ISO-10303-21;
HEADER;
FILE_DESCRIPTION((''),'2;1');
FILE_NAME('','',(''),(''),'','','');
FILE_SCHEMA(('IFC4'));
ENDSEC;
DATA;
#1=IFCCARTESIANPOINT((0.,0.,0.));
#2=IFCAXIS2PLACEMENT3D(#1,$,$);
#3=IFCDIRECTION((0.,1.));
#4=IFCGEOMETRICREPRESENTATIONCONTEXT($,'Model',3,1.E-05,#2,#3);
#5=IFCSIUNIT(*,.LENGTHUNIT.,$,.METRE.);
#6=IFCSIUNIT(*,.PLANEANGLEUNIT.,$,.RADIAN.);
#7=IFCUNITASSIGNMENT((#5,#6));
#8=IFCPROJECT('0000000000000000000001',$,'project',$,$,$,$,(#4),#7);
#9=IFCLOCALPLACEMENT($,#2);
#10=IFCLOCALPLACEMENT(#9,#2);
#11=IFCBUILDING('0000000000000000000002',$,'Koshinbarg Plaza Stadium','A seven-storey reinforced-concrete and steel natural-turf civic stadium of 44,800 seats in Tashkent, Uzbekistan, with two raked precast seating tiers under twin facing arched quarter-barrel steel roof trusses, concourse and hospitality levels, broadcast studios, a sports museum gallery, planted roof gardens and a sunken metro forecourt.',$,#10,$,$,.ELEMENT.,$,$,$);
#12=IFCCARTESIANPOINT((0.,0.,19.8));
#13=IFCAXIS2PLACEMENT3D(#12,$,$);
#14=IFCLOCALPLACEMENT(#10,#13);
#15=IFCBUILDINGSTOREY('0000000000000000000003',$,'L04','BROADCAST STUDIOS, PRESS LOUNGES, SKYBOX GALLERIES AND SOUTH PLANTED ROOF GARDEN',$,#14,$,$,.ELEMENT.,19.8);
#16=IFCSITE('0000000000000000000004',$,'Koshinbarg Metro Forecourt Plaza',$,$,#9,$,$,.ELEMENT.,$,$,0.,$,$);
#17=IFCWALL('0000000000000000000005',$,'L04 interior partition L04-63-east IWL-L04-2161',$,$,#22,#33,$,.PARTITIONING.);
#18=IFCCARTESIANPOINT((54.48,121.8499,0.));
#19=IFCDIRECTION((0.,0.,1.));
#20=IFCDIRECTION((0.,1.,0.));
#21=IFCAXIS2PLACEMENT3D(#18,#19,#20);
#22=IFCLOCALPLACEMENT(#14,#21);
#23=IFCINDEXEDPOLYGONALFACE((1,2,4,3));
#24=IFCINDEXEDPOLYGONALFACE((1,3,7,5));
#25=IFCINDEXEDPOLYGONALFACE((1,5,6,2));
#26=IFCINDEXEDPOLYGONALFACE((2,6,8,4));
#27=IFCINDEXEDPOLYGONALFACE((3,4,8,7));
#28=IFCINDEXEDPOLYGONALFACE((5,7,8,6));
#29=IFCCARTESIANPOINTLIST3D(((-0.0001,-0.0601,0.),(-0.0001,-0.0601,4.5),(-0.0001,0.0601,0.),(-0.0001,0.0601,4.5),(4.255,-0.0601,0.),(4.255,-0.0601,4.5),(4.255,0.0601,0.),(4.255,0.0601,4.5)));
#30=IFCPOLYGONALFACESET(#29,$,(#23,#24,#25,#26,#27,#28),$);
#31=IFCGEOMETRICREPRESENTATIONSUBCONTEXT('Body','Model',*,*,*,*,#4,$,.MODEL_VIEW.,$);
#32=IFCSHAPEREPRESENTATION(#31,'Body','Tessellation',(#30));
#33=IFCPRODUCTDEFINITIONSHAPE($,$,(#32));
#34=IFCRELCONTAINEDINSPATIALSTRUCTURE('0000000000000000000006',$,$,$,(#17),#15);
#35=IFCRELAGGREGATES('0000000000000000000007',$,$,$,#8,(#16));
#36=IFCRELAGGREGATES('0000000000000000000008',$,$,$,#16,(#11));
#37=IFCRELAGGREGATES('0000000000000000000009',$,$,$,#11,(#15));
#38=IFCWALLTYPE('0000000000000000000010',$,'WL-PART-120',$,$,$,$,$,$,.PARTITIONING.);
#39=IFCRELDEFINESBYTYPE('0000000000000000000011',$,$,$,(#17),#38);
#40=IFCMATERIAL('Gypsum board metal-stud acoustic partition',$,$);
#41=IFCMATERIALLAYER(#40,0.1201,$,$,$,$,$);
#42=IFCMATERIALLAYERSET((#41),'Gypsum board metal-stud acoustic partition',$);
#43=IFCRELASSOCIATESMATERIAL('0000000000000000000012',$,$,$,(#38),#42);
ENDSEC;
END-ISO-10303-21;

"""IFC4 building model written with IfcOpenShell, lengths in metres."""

from ifc_helpers import new_model, si_unit, direction, frame, frame_2d, origin, place, context, subcontext, project, spatial, rectangle, extrude, material, layer, layer_set, type_object, element, save


model = new_model("IFC4")

# Units and contexts
model_context = context("Model", 3, precision=1e-05, world=origin(), true_north=direction((0.0, 1.0)))
body_context = subcontext(model_context, "Body", "Model", "MODEL_VIEW")
ifc_project = project(units=[si_unit("LENGTHUNIT", "METRE"), si_unit("PLANEANGLEUNIT", "RADIAN")], contexts=[model_context])

# Site, building, storey
site_placement = place(None, origin())
site = spatial("IfcSite", under=ifc_project, at=site_placement, Name="Koshinbarg Metro Forecourt Plaza", CompositionType="ELEMENT", RefElevation=0.0)
building_placement = place(site_placement, origin())
building = spatial("IfcBuilding", under=site, at=building_placement, Name="Koshinbarg Plaza Stadium", Description="A seven-storey reinforced-concrete and steel natural-turf civic stadium of 44,800 seats in Tashkent, Uzbekistan, with two raked precast seating tiers under twin facing arched quarter-barrel steel roof trusses, concourse and hospitality levels, broadcast studios, a sports museum gallery, planted roof gardens and a sunken metro forecourt.", CompositionType="ELEMENT")
storey_placement = place(building_placement, frame((0.0, 0.0, 19.8)))
storey = spatial("IfcBuildingStorey", under=building, at=storey_placement, Name="L04", Description="BROADCAST STUDIOS, PRESS LOUNGES, SKYBOX GALLERIES AND SOUTH PLANTED ROOF GARDEN", CompositionType="ELEMENT", Elevation=19.8)

# Wall
ifc_material_1 = material(Name="Gypsum board metal-stud acoustic partition")
ifc_layer_1 = layer(ifc_material_1, 0.1201)
ifc_layer_set_1 = layer_set([ifc_layer_1], Name="Gypsum board metal-stud acoustic partition")
wall_type_1 = type_object("IfcWallType", Name="WL-PART-120", PredefinedType="PARTITIONING", material=ifc_layer_set_1)
wall_1_placement = place(storey_placement, frame((54.48, 121.8499, 0.0), z_axis=(0.0, 0.0, 1.0), x_axis=(0.0, 1.0, 0.0)))
element("IfcWall", 1, at=wall_1_placement, inside=storey, type_object=wall_type_1, Name="L04 interior partition L04-63-east IWL-L04-2161", PredefinedType="PARTITIONING", context=body_context, shape_type="SweptSolid", body=[
    extrude(rectangle(XDim=4.2551, YDim=0.1201, at=frame_2d((2.1274, 0.0))), origin(), (0.0, 0.0, 1.0), 4.5),
])

save(model, "model.ifc")
